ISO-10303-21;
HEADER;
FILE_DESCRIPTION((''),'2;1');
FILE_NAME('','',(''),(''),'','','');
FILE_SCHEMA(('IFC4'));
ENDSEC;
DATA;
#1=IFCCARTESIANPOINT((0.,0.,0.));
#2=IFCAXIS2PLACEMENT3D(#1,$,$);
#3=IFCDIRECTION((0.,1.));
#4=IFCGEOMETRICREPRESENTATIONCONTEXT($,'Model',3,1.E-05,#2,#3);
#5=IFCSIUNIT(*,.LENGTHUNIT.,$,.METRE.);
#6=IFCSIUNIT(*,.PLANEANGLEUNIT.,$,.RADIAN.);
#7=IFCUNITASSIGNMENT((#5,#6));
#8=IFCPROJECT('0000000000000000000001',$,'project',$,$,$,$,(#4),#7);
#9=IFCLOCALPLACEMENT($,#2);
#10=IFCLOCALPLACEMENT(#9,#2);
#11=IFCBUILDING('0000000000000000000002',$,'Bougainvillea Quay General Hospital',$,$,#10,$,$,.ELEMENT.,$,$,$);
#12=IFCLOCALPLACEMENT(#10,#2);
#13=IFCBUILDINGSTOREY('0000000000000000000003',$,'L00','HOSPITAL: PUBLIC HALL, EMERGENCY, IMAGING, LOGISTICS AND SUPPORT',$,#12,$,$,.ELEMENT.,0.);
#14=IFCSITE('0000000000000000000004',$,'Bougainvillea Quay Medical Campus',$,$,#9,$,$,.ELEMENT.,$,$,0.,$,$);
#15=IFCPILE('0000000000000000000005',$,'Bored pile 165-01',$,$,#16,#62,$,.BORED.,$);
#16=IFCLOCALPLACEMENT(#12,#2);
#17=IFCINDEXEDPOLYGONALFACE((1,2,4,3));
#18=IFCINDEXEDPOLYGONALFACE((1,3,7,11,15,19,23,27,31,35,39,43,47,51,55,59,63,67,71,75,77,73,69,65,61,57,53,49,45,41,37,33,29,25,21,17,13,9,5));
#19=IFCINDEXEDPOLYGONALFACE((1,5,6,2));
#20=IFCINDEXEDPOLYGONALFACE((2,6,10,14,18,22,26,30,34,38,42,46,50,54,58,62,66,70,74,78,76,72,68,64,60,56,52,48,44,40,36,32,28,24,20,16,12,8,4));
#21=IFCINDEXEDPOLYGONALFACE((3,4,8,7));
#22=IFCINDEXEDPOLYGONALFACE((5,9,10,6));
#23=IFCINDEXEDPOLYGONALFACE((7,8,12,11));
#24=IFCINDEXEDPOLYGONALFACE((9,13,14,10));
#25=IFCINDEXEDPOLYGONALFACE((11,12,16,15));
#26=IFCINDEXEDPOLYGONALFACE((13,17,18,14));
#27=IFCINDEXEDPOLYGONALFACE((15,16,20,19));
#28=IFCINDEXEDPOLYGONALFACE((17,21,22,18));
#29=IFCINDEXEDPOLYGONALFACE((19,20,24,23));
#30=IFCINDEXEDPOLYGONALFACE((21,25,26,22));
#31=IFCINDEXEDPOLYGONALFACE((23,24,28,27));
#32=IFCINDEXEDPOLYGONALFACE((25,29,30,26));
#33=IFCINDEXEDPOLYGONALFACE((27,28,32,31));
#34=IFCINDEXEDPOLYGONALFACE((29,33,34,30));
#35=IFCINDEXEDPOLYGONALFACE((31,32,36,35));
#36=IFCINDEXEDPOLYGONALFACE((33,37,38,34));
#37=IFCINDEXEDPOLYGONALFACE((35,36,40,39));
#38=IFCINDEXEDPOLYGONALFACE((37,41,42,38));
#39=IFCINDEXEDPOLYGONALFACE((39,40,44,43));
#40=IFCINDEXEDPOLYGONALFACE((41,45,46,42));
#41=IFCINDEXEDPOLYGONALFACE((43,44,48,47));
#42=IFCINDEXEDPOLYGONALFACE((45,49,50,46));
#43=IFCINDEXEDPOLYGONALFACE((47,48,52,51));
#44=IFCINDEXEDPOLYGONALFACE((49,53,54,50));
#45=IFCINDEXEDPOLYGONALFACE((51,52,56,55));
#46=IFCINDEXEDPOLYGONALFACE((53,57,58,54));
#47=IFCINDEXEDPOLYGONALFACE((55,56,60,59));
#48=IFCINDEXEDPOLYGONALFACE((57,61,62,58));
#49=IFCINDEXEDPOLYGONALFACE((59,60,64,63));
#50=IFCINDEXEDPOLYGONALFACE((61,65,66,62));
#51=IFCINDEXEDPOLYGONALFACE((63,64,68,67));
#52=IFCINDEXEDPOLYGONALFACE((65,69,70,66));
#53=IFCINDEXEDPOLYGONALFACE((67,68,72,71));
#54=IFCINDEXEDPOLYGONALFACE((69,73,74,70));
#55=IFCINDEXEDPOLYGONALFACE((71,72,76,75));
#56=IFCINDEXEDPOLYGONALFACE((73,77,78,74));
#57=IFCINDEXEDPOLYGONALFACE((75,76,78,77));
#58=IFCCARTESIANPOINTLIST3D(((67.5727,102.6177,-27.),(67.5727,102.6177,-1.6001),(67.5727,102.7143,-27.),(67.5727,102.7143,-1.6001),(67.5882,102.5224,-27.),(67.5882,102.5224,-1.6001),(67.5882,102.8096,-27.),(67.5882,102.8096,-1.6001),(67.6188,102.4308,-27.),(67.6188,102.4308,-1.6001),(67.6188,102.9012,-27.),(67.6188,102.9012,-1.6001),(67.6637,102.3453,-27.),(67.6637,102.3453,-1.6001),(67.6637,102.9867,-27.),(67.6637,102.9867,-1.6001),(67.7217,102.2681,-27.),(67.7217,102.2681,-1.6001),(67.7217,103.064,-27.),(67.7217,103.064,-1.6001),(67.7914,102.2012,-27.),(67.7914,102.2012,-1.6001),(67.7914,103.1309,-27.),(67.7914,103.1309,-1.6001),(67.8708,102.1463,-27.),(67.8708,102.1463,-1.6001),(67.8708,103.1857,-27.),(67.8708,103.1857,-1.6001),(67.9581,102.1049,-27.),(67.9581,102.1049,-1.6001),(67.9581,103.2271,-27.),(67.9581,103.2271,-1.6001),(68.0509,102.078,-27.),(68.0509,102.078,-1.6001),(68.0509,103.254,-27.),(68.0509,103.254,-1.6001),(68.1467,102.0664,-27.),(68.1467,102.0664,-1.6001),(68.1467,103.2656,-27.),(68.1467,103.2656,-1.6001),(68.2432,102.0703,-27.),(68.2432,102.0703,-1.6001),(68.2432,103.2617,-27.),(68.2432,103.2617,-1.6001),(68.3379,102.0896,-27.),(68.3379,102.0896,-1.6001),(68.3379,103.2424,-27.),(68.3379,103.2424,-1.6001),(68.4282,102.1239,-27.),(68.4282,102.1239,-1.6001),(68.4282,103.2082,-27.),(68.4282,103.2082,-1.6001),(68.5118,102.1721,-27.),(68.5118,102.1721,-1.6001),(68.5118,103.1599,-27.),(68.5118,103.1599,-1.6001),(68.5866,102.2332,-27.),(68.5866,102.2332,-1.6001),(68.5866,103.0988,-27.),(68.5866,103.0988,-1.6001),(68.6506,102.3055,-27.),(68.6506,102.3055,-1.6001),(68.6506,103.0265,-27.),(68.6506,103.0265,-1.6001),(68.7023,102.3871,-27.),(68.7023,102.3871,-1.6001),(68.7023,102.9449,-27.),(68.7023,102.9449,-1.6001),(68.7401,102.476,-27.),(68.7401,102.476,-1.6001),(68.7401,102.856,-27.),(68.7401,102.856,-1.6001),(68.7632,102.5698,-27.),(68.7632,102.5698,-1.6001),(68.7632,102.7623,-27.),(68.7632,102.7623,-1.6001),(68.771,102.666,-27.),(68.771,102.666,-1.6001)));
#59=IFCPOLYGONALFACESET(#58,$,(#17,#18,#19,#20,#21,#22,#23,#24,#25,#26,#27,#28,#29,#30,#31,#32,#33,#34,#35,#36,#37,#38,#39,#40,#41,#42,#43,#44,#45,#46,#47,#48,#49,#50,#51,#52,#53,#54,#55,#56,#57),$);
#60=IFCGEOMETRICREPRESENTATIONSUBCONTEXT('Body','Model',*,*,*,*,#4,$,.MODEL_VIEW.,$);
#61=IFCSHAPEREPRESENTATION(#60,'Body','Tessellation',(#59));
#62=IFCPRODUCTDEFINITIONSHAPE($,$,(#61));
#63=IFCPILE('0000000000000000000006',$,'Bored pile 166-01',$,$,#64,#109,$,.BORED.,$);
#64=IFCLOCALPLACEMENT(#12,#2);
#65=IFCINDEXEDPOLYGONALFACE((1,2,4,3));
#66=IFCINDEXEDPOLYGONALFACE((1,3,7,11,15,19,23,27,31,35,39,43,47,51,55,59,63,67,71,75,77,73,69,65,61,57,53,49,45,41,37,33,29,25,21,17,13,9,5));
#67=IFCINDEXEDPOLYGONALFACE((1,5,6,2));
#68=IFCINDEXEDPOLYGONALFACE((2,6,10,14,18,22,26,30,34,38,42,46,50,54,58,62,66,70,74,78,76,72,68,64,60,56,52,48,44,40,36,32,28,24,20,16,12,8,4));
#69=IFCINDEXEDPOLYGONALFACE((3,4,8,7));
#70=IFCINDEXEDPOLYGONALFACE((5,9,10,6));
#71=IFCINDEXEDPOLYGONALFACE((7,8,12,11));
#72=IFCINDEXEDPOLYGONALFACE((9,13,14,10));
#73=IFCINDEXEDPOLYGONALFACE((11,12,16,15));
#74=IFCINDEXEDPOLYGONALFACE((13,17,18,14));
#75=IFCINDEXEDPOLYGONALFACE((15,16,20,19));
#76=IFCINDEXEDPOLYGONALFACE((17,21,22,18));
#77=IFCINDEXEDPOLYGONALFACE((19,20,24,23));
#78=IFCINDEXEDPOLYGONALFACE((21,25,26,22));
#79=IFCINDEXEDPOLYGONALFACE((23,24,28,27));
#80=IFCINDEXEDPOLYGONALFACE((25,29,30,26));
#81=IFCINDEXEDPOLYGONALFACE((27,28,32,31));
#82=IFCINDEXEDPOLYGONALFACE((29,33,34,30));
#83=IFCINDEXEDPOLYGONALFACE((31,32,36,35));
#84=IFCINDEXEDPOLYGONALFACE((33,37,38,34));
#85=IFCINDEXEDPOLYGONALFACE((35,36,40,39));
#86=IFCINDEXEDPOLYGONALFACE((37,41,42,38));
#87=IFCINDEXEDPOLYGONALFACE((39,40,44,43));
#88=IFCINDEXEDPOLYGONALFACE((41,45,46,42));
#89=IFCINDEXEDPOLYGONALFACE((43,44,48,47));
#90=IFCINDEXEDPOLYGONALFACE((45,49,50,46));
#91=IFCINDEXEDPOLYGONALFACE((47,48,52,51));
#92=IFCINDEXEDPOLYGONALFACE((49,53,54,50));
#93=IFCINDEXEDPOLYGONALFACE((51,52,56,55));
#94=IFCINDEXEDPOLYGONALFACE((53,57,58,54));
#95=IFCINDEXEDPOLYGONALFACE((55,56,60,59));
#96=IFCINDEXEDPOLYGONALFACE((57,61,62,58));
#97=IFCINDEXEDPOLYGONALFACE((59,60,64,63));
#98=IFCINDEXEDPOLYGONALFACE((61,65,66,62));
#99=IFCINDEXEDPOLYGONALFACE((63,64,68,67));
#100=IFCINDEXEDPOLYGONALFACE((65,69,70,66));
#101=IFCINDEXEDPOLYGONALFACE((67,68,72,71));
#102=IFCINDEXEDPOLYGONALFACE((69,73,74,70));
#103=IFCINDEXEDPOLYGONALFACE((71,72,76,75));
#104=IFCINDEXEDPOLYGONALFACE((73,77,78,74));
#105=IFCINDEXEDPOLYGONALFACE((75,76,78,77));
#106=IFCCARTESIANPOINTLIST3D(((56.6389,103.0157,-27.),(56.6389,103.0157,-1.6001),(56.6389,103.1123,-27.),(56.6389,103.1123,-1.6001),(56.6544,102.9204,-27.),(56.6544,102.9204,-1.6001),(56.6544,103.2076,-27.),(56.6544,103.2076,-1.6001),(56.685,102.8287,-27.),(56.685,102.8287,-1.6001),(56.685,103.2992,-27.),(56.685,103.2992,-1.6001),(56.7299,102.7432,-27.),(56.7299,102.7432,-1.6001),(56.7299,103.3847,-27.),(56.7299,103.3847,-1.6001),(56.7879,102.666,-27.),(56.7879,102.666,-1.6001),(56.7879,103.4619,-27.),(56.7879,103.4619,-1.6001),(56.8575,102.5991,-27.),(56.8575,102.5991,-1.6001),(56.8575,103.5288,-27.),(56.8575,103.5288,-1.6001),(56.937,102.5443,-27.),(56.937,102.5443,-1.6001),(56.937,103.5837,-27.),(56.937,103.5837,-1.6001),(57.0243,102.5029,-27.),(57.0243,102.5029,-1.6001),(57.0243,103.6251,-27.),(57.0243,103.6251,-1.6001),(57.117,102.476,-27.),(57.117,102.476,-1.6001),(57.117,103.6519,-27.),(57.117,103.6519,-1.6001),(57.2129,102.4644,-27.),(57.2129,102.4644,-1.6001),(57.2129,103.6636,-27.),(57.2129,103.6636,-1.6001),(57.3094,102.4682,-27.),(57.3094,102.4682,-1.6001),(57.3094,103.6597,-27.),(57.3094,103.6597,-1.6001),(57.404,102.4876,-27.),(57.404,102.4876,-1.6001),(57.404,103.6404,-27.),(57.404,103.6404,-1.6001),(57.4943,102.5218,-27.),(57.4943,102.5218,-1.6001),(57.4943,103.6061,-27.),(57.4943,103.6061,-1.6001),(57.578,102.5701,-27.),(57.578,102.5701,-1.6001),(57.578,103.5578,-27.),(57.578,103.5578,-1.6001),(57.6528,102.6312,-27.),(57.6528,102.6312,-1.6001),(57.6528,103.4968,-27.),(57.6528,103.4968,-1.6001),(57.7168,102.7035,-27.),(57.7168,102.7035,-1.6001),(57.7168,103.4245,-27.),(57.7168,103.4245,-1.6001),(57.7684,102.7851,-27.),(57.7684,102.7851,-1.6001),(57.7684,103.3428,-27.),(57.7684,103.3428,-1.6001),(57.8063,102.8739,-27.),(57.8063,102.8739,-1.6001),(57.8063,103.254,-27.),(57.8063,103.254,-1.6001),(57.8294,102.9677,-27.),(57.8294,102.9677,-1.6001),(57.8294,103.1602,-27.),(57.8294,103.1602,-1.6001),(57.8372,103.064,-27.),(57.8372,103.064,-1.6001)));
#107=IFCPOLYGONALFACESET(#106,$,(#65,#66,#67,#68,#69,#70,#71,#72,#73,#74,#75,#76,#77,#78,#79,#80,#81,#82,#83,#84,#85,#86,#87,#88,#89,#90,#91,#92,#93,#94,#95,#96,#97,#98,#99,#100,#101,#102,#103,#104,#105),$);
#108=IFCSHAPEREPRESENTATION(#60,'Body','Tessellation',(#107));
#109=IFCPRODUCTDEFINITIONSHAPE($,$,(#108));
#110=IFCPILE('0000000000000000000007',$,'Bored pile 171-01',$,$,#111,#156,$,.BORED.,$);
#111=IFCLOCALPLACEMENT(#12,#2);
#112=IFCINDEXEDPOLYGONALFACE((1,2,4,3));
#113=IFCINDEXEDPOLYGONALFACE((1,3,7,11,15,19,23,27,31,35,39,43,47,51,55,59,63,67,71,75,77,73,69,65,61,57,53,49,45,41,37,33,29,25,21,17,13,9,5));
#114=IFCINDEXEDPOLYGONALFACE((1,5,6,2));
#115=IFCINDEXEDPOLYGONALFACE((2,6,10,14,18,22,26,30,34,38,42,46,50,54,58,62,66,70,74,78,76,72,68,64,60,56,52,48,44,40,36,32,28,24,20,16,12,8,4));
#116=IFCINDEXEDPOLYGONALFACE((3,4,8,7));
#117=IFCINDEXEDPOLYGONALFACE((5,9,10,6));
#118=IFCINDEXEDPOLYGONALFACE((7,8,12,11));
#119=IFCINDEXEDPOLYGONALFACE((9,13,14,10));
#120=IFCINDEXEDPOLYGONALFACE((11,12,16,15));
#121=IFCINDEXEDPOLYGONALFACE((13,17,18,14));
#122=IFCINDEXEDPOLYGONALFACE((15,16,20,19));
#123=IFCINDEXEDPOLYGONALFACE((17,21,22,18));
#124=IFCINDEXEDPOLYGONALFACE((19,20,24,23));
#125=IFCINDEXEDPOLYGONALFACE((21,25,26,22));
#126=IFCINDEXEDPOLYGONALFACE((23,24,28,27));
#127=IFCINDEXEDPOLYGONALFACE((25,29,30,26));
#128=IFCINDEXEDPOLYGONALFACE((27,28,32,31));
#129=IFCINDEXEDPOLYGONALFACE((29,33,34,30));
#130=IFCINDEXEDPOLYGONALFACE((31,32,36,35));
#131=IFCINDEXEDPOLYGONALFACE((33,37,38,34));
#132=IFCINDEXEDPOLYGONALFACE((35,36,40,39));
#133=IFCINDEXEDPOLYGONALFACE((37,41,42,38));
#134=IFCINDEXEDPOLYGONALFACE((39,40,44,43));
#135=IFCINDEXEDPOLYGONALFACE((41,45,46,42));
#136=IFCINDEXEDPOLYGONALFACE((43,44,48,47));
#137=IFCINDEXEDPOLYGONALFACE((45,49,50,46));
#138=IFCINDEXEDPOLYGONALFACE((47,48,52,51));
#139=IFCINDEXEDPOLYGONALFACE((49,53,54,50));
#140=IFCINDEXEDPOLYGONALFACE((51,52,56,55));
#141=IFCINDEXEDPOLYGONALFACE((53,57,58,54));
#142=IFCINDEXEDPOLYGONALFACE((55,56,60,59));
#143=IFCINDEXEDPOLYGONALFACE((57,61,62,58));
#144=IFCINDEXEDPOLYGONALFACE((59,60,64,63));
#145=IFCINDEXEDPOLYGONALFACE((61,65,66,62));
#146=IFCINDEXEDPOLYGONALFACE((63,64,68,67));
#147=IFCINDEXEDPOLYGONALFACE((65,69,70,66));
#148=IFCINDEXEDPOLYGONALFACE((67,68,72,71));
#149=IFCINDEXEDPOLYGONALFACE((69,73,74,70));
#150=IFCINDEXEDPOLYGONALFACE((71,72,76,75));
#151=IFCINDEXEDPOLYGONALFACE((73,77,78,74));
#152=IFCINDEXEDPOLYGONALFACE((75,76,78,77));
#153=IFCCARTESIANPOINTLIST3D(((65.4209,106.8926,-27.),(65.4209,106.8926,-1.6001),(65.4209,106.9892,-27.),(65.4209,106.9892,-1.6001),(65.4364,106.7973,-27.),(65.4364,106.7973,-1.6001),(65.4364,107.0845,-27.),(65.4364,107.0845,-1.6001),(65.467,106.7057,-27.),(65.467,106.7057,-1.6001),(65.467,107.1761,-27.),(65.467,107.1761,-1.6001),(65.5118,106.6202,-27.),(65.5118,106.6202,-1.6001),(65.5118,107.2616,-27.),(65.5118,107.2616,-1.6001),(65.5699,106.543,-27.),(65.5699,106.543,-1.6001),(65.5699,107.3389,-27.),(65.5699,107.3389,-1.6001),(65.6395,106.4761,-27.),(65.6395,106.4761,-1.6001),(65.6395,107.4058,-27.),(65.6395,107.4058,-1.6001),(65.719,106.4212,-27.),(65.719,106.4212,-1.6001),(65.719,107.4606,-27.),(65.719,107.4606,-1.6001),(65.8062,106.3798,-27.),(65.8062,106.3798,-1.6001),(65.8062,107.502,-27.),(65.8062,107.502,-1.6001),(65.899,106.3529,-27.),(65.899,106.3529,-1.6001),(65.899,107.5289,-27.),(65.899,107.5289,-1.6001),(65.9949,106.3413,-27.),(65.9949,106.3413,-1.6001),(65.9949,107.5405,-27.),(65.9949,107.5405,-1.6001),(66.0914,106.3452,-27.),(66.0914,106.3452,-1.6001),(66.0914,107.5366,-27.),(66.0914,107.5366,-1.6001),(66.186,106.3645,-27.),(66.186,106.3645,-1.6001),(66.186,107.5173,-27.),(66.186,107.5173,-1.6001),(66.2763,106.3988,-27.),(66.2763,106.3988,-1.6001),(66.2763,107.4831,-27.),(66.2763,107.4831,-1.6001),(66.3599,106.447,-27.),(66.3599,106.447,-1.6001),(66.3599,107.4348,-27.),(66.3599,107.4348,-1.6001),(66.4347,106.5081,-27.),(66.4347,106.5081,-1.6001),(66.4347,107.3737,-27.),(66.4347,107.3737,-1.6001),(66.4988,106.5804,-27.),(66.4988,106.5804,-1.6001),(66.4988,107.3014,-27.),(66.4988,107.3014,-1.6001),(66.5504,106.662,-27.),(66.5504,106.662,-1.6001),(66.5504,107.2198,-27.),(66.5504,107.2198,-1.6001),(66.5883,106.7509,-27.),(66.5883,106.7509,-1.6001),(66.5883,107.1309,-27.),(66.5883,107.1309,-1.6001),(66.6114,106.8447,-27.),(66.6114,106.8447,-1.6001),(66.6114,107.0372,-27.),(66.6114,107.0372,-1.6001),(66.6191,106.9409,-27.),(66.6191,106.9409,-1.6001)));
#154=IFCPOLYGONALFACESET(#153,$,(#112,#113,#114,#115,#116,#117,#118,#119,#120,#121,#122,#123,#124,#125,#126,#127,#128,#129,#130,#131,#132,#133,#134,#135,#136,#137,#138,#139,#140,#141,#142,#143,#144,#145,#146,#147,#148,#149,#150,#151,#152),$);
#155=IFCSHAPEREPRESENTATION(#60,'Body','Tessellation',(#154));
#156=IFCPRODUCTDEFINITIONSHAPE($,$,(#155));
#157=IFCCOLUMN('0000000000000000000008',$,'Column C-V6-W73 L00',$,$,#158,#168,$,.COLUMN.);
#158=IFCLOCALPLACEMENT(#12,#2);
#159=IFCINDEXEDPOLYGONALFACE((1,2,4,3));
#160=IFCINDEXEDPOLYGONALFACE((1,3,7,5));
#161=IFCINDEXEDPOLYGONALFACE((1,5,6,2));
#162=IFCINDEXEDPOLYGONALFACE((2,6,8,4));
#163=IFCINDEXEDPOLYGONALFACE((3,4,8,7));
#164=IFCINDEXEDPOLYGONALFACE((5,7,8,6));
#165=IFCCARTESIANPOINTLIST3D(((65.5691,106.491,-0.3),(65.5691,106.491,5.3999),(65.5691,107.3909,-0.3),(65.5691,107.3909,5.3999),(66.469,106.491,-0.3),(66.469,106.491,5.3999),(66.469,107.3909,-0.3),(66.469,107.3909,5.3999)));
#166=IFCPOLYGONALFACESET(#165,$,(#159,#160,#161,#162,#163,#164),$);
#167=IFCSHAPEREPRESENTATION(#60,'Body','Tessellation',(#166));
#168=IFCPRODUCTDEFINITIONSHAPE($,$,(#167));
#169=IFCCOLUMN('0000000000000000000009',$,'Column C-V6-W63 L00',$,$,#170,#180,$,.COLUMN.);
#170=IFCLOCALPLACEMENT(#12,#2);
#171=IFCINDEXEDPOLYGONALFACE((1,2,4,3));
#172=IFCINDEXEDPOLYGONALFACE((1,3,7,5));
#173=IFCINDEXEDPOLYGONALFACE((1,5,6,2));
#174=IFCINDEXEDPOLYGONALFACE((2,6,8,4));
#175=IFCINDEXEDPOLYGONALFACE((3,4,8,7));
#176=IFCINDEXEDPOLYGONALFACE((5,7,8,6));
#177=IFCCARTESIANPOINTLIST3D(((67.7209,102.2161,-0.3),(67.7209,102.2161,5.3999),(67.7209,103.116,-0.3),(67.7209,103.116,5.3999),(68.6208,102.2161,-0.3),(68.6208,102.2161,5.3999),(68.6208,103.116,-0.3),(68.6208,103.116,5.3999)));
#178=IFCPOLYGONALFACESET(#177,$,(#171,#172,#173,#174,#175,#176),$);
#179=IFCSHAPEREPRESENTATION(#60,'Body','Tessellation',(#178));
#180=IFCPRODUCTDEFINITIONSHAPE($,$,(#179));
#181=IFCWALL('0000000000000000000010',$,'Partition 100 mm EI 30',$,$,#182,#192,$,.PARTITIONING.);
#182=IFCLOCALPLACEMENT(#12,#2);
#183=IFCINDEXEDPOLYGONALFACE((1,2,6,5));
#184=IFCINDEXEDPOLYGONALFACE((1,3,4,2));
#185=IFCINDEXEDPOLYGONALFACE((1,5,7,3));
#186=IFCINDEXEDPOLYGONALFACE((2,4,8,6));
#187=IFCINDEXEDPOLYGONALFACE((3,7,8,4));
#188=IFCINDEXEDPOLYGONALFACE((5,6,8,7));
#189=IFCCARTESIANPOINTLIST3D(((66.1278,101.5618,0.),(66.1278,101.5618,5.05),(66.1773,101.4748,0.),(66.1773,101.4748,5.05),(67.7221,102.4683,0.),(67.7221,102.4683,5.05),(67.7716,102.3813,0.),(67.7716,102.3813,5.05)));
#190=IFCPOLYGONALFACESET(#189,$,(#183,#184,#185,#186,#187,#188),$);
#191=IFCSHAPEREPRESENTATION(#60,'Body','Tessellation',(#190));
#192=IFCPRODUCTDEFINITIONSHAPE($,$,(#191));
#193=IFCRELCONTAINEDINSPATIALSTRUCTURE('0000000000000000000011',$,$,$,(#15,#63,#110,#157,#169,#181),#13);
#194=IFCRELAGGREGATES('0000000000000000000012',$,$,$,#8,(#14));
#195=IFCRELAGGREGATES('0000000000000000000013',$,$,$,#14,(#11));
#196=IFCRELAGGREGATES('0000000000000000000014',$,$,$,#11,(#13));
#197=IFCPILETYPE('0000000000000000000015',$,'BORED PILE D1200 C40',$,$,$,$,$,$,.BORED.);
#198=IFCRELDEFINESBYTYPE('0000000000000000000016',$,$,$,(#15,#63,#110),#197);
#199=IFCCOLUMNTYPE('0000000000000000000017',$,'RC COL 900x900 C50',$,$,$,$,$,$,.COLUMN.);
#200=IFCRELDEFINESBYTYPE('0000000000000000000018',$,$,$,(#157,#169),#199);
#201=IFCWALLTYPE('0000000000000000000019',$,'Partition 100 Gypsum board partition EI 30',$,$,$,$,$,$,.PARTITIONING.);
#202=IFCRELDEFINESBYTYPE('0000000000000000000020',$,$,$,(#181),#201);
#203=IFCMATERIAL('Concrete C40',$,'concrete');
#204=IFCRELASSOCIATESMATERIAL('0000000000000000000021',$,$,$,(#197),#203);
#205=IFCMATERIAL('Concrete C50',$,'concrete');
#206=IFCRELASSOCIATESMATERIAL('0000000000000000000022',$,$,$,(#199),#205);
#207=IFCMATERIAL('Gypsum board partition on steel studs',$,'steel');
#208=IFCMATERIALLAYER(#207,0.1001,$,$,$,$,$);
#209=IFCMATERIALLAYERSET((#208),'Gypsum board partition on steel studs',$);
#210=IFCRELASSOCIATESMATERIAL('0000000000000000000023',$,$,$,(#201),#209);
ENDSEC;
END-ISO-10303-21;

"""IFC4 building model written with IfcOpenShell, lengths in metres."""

from ifc_helpers import new_model, si_unit, direction, frame, frame_2d, origin, origin_2d, place, context, subcontext, project, spatial, rectangle, circle, extrude, material, layer, layer_set, material_profile, profile_set, type_object, element, save


model = new_model("IFC4")

# Units and contexts
model_context = context("Model", 3, precision=1e-05, world=origin(), true_north=direction((0.0, 1.0)))
body_context = subcontext(model_context, "Body", "Model", "MODEL_VIEW")
ifc_project = project(units=[si_unit("LENGTHUNIT", "METRE"), si_unit("PLANEANGLEUNIT", "RADIAN")], contexts=[model_context])

# Site, building, storey
site_placement = place(None, origin())
site = spatial("IfcSite", under=ifc_project, at=site_placement, Name="Bougainvillea Quay Medical Campus", CompositionType="ELEMENT", RefElevation=0.0)
building_placement = place(site_placement, origin())
building = spatial("IfcBuilding", under=site, at=building_placement, Name="Bougainvillea Quay General Hospital", CompositionType="ELEMENT")
storey_placement = place(building_placement, origin())
storey = spatial("IfcBuildingStorey", under=building, at=storey_placement, Name="L00", Description="HOSPITAL: PUBLIC HALL, EMERGENCY, IMAGING, LOGISTICS AND SUPPORT", CompositionType="ELEMENT", Elevation=0.0)

# Piles
ifc_material_1 = material(Name="Concrete C40", Category="concrete")
ifc_material_profile_1 = material_profile(ifc_material_1, circle(Radius=0.6001, at=origin_2d()))
ifc_profile_set_1 = profile_set([ifc_material_profile_1], Name="Concrete C40")
pile_type = type_object("IfcPileType", Name="BORED PILE D1200 C40", PredefinedType="BORED", material=ifc_profile_set_1)
for number, where, z_axis, x_axis, name in (
    (1, (68.1709, 102.666, -1.6001), (0.0, 0.0, -1.0), (1.0, 0.0, 0.0), "Bored pile 165-01"),
    (2, (57.2371, 103.064, -1.6001), (0.0, 0.0, -1.0), (1.0, 0.0, 0.0), "Bored pile 166-01"),
    (3, (66.019, 106.9409, -1.6001), (0.0, 0.0, -1.0), (1.0, 0.0, 0.0), "Bored pile 171-01"),
):
    element("IfcPile", number, at=place(storey_placement, frame(where, z_axis=z_axis, x_axis=x_axis)), inside=storey, type_object=pile_type, Name=name, PredefinedType="BORED", context=body_context, shape_type="SweptSolid", body=[
        extrude(circle(Radius=0.6001, at=origin_2d()), origin(), (0.0, 0.0, 1.0), 25.3999),
    ])

# Columns
ifc_material_2 = material(Name="Concrete C50", Category="concrete")
ifc_material_profile_2 = material_profile(ifc_material_2, rectangle(XDim=0.8999, YDim=0.8999, at=origin_2d()))
ifc_profile_set_2 = profile_set([ifc_material_profile_2], Name="Concrete C50")
column_type = type_object("IfcColumnType", Name="RC COL 900x900 C50", PredefinedType="COLUMN", material=ifc_profile_set_2)
for number, where, z_axis, x_axis, name in (
    (4, (66.019, 106.9409, -0.3), (0.0, 0.0, 1.0), (1.0, 0.0, 0.0), "Column C-V6-W73 L00"),
    (5, (68.1709, 102.666, -0.3), (0.0, 0.0, 1.0), (1.0, 0.0, 0.0), "Column C-V6-W63 L00"),
):
    element("IfcColumn", number, at=place(storey_placement, frame(where, z_axis=z_axis, x_axis=x_axis)), inside=storey, type_object=column_type, Name=name, PredefinedType="COLUMN", context=body_context, shape_type="SweptSolid", body=[
        extrude(rectangle(XDim=0.8999, YDim=0.8999, at=origin_2d()), origin(), (0.0, 0.0, 1.0), 5.7),
    ])

# Wall
ifc_material_3 = material(Name="Gypsum board partition on steel studs", Category="steel")
ifc_layer_1 = layer(ifc_material_3, 0.1001)
ifc_layer_set_1 = layer_set([ifc_layer_1], Name="Gypsum board partition on steel studs")
wall_type_1 = type_object("IfcWallType", Name="Partition 100 Gypsum board partition EI 30", PredefinedType="PARTITIONING", material=ifc_layer_set_1)
wall_1_placement = place(storey_placement, frame((66.1526, 101.5183, 0.0), z_axis=(0.0, 0.0, 1.0), x_axis=(0.869298, 0.494288, 0.0)))
element("IfcWall", 6, at=wall_1_placement, inside=storey, type_object=wall_type_1, Name="Partition 100 mm EI 30", PredefinedType="PARTITIONING", context=body_context, shape_type="SweptSolid", body=[
    extrude(rectangle(XDim=1.834, YDim=0.1001, at=frame_2d((0.917, 0.0))), origin(), (0.0, 0.0, 1.0), 5.05),
])

save(model, "model.ifc")
